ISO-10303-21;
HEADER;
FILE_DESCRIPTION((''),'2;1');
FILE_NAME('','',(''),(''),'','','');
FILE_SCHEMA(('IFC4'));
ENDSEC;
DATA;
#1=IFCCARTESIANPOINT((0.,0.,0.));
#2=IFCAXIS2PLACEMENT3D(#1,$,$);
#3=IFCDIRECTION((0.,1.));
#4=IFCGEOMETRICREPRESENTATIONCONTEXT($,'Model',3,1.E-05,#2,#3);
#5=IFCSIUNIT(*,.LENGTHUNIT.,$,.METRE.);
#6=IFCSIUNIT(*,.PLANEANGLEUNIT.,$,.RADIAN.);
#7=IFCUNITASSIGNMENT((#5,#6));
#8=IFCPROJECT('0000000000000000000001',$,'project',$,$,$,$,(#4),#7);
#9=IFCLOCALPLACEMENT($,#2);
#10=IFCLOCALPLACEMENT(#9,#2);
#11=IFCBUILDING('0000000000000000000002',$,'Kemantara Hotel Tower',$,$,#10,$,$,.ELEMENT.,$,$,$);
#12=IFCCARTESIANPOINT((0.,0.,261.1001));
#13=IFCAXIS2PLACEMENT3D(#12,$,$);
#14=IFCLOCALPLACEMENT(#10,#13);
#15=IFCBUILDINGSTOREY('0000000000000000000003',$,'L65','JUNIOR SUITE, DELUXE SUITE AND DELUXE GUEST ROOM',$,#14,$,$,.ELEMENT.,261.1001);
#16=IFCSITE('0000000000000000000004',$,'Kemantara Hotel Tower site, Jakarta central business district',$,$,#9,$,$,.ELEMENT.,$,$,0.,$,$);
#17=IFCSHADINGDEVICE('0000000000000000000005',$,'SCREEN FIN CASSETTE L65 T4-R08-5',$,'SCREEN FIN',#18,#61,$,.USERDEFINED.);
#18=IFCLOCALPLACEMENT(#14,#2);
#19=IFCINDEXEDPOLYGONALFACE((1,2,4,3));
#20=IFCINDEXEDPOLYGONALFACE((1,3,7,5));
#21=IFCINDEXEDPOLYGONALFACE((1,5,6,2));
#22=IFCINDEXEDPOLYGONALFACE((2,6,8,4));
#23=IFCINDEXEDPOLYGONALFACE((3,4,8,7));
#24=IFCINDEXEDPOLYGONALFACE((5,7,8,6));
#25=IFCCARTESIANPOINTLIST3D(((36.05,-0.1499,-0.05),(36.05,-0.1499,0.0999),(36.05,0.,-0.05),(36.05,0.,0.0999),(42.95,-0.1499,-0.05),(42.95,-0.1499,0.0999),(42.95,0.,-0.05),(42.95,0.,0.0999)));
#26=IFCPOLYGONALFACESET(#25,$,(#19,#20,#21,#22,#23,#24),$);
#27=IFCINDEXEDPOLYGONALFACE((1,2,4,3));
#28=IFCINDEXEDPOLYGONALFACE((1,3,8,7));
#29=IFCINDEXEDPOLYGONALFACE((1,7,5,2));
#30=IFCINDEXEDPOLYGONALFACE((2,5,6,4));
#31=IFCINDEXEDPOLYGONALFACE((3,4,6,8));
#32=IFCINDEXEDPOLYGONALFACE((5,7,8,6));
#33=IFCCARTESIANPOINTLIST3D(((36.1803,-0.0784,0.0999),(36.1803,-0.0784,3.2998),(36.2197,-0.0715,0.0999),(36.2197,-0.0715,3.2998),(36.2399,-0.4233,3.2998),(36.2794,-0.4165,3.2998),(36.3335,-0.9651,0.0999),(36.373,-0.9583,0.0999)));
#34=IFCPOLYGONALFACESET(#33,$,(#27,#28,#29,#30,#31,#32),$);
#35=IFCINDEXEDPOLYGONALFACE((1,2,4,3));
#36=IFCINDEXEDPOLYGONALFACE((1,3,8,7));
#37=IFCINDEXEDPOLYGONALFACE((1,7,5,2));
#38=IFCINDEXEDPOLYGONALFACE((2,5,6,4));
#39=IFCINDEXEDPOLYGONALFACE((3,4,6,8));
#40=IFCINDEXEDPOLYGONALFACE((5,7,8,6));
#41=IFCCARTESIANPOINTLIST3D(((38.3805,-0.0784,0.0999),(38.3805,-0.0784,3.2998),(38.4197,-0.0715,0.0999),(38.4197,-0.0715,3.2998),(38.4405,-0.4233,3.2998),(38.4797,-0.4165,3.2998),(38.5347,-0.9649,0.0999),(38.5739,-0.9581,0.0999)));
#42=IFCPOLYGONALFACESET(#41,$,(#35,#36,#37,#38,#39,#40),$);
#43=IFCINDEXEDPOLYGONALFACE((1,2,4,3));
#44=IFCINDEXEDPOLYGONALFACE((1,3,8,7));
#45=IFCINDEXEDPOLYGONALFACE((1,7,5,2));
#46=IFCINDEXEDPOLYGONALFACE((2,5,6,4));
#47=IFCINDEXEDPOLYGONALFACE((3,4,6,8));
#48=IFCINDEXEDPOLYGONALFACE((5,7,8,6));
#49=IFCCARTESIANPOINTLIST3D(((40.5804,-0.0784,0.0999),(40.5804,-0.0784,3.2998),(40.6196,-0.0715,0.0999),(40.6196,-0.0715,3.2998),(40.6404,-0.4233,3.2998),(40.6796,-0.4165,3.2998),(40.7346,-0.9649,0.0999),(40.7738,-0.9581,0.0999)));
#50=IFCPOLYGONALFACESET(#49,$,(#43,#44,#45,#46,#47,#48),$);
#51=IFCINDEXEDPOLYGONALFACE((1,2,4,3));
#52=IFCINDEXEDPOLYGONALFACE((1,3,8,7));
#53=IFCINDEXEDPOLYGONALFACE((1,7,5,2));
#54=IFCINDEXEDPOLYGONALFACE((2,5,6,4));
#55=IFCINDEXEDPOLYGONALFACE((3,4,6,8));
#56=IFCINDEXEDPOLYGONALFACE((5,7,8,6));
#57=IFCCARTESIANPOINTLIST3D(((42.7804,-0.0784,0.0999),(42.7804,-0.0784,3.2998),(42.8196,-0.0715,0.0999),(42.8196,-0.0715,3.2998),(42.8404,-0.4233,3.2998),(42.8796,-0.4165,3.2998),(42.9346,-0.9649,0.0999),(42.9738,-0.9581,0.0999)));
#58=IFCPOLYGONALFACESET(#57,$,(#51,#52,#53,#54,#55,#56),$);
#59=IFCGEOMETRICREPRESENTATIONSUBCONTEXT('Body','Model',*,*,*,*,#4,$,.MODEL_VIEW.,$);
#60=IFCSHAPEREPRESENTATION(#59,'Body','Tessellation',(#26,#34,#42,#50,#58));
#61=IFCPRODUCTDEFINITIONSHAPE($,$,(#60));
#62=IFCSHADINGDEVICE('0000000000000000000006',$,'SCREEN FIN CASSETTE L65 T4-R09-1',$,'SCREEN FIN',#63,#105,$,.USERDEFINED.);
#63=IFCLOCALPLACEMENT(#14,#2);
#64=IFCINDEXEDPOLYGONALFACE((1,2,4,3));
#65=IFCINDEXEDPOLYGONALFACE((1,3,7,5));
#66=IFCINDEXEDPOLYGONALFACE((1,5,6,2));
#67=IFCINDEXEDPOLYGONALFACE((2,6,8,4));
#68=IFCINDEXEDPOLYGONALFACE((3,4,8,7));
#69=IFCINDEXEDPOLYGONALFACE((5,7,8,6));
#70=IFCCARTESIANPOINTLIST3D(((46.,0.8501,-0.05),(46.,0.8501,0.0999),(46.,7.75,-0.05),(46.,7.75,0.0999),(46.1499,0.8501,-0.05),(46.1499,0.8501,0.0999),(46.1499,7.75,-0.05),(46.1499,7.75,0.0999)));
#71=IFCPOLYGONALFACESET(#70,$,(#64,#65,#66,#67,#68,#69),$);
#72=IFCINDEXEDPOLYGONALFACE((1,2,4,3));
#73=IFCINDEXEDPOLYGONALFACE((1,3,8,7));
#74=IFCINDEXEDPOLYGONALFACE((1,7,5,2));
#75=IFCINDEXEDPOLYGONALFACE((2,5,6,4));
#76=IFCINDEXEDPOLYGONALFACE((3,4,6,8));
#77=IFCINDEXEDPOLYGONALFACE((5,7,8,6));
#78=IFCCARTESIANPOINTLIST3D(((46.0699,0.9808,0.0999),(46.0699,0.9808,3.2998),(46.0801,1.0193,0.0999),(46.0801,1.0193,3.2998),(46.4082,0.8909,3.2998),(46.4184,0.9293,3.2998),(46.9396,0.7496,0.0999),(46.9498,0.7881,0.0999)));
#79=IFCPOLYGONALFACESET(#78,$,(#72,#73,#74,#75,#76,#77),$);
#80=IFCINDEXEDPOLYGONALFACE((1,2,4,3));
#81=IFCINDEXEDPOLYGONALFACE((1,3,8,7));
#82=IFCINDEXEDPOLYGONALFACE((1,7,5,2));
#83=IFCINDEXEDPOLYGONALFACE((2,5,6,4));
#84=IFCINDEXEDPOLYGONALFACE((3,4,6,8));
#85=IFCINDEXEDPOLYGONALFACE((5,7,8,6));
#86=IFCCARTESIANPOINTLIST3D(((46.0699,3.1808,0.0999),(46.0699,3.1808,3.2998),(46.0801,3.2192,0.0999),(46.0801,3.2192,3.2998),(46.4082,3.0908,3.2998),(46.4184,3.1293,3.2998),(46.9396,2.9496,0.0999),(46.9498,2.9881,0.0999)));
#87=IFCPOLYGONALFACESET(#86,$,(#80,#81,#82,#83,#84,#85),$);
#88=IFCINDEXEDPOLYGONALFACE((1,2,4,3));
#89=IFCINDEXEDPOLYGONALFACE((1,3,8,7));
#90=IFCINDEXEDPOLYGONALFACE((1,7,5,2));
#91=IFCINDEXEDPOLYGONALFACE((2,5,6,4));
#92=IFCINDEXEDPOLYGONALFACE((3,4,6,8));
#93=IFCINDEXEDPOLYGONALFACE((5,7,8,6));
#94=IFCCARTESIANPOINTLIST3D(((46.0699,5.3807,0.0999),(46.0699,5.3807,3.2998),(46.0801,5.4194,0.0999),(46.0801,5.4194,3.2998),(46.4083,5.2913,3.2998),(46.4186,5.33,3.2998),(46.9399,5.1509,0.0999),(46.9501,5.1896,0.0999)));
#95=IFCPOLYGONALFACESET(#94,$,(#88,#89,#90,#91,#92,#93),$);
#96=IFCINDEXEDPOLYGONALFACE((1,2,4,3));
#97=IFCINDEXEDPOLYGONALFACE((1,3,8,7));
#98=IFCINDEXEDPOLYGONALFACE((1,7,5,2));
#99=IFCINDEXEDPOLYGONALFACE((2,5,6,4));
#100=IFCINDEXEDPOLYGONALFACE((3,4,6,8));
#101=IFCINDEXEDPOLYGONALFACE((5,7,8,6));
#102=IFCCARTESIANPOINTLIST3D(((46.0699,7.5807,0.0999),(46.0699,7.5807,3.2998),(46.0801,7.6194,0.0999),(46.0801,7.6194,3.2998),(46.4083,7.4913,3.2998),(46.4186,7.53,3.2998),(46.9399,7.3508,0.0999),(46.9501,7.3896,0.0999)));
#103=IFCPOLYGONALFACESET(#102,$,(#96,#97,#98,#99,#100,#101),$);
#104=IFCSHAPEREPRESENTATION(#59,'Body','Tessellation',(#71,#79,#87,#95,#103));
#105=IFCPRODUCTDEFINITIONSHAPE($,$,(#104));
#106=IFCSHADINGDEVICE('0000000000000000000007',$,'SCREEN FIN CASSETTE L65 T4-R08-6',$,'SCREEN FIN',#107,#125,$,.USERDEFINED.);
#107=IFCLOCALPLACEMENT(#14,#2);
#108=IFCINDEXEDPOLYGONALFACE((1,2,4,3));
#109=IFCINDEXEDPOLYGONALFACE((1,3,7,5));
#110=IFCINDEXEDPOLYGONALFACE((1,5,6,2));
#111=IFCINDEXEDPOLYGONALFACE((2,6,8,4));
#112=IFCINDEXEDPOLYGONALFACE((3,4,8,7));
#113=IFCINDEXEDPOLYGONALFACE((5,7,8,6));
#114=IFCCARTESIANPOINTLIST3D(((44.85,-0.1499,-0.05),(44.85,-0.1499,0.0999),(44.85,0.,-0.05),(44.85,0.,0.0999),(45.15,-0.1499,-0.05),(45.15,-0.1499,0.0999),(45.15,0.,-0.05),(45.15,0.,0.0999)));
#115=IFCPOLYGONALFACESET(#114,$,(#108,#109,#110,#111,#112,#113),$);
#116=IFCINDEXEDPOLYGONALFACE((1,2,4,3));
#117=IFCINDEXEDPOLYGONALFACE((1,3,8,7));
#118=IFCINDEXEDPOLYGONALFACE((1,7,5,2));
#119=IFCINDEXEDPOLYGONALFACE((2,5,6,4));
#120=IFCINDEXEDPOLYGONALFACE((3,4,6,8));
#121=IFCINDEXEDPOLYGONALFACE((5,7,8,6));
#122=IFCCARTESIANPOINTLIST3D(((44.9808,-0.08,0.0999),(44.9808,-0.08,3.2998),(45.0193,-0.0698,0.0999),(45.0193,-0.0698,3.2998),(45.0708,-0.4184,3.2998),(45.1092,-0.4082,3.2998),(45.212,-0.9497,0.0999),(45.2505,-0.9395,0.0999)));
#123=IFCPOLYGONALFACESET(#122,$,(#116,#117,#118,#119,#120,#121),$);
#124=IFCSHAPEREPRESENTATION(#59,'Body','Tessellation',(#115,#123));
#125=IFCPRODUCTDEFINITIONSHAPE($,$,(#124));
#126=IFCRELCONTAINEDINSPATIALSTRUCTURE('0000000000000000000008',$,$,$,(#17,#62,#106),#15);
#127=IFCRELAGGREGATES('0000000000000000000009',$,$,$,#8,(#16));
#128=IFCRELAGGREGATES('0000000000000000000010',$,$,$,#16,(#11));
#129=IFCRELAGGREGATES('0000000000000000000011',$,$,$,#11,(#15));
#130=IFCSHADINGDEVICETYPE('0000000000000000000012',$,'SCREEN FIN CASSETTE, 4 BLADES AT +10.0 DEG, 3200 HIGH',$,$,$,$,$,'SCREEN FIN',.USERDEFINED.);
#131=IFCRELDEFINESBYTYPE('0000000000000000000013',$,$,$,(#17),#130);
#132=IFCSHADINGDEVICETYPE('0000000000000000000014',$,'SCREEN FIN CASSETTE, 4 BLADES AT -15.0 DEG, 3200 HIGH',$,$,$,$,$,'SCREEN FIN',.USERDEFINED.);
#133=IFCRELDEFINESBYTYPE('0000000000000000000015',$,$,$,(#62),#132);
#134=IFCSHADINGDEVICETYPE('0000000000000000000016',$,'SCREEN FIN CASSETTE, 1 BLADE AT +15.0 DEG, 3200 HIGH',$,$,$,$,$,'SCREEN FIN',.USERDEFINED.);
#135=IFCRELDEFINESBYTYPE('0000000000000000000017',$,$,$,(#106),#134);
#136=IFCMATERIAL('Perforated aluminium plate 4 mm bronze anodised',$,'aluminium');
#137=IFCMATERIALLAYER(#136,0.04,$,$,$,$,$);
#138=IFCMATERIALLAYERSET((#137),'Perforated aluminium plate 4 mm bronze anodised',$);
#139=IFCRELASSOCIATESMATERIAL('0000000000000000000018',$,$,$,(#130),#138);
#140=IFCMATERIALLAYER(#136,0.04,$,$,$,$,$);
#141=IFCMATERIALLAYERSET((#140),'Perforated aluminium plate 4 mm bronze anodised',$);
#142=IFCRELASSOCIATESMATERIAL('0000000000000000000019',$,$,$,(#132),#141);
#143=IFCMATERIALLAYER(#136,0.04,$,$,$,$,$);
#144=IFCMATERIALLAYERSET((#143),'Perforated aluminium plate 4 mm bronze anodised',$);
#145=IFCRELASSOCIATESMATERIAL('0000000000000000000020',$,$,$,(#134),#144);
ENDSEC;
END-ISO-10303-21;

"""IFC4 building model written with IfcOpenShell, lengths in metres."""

from ifc_helpers import new_model, si_unit, direction, frame, origin, origin_2d, place, context, subcontext, project, spatial, polyline, rectangle, outline, extrude, source, transform, mapped, material, layer, layer_set, type_object, element, save


model = new_model("IFC4")

# Units and contexts
model_context = context("Model", 3, precision=1e-05, world=origin(), true_north=direction((0.0, 1.0)))
body_context = subcontext(model_context, "Body", "Model", "MODEL_VIEW")
ifc_project = project(units=[si_unit("LENGTHUNIT", "METRE"), si_unit("PLANEANGLEUNIT", "RADIAN")], contexts=[model_context])

# Site, building, storey
site_placement = place(None, origin())
site = spatial("IfcSite", under=ifc_project, at=site_placement, Name="Kemantara Hotel Tower site, Jakarta central business district", CompositionType="ELEMENT", RefElevation=0.0)
building_placement = place(site_placement, origin())
building = spatial("IfcBuilding", under=site, at=building_placement, Name="Kemantara Hotel Tower", CompositionType="ELEMENT")
storey_placement = place(building_placement, frame((0.0, 0.0, 261.1001)))
storey = spatial("IfcBuildingStorey", under=building, at=storey_placement, Name="L65", Description="JUNIOR SUITE, DELUXE SUITE AND DELUXE GUEST ROOM", CompositionType="ELEMENT", Elevation=261.1001)

# Shading devices
ifc_material_1 = material(Name="Perforated aluminium plate 4 mm bronze anodised", Category="aluminium")
ifc_layer_1 = layer(ifc_material_1, 0.04)
ifc_layer_set_1 = layer_set([ifc_layer_1], Name="Perforated aluminium plate 4 mm bronze anodised")
shading_device_type_1 = type_object("IfcShadingDeviceType", Name="SCREEN FIN CASSETTE, 4 BLADES AT +10.0 DEG, 3200 HIGH", ElementType="SCREEN FIN", PredefinedType="USERDEFINED", material=ifc_layer_set_1)
shared_shape_1 = source(origin(), body_context, "Body", "SweptSolid", [
    extrude(rectangle(XDim=6.8999, YDim=0.1499, at=origin_2d()), frame((3.3, -0.075, -0.1499), z_axis=(0.0, 0.0, 1.0), x_axis=(1.0, 0.0, 0.0)), (0.0, 0.0, 1.0), 0.1499),
    extrude(outline(polyline([(0.0, 0.0), (0.8999, 0.0), (0.3501, 3.2), (0.0, 3.2), (0.0, 0.0)])), frame((0.0198, -0.0715, 0.0), z_axis=(-0.98539, -0.170314, 0.0), x_axis=(0.170314, -0.98539, 0.0)), (0.0, 0.0, 1.0), 0.04),
    extrude(outline(polyline([(0.0, 0.0), (0.8999, 0.0), (0.3501, 3.2), (0.0, 3.2), (0.0, 0.0)])), frame((2.2197, -0.0715, 0.0), z_axis=(-0.985212, -0.171341, 0.0), x_axis=(0.171341, -0.985212, 0.0)), (0.0, 0.0, 1.0), 0.0398),
    extrude(outline(polyline([(0.0, 0.0), (0.8999, 0.0), (0.3501, 3.2), (0.0, 3.2), (0.0, 0.0)])), frame((4.4197, -0.0715, 0.0), z_axis=(-0.985212, -0.171341, 0.0), x_axis=(0.171341, -0.985212, 0.0)), (0.0, 0.0, 1.0), 0.0398),
    extrude(outline(polyline([(0.0, 0.0), (0.8999, 0.0), (0.3501, 3.2), (0.0, 3.2), (0.0, 0.0)])), frame((6.6196, -0.0715, 0.0), z_axis=(-0.985212, -0.171341, 0.0), x_axis=(0.171341, -0.985212, 0.0)), (0.0, 0.0, 1.0), 0.0398),
])
shading_device_1_placement = place(storey_placement, frame((36.2, 0.0, 0.0999), z_axis=(0.0, 0.0, 1.0), x_axis=(1.0, 0.0, 0.0)))
element("IfcShadingDevice", 1, at=shading_device_1_placement, inside=storey, type_object=shading_device_type_1, Name="SCREEN FIN CASSETTE L65 T4-R08-5", ObjectType="SCREEN FIN", PredefinedType="USERDEFINED", context=body_context, shape_type="MappedRepresentation", body=[
    mapped(shared_shape_1, transform((0.0, 0.0, 0.0))),
])
ifc_layer_2 = layer(ifc_material_1, 0.04)
ifc_layer_set_2 = layer_set([ifc_layer_2], Name="Perforated aluminium plate 4 mm bronze anodised")
shading_device_type_2 = type_object("IfcShadingDeviceType", Name="SCREEN FIN CASSETTE, 4 BLADES AT -15.0 DEG, 3200 HIGH", ElementType="SCREEN FIN", PredefinedType="USERDEFINED", material=ifc_layer_set_2)
shared_shape_2 = source(origin(), body_context, "Body", "SweptSolid", [
    extrude(rectangle(XDim=6.8999, YDim=0.1499, at=origin_2d()), frame((3.3, -0.075, -0.1499), z_axis=(0.0, 0.0, 1.0), x_axis=(1.0, 0.0, 0.0)), (0.0, 0.0, 1.0), 0.1499),
    extrude(outline(polyline([(0.0, 0.0), (0.8999, 0.0), (0.3501, 3.2), (0.0, 3.2), (0.0, 0.0)])), frame((0.0193, -0.0801, 0.0), z_axis=(-0.966438, 0.256901, 0.0), x_axis=(-0.256901, -0.966438, 0.0)), (0.0, 0.0, 1.0), 0.0398),
    extrude(outline(polyline([(0.0, 0.0), (0.8999, 0.0), (0.3501, 3.2), (0.0, 3.2), (0.0, 0.0)])), frame((2.2192, -0.0801, 0.0), z_axis=(-0.966438, 0.256901, 0.0), x_axis=(-0.256901, -0.966438, 0.0)), (0.0, 0.0, 1.0), 0.0398),
    extrude(outline(polyline([(0.0, 0.0), (0.8999, 0.0), (0.3501, 3.2), (0.0, 3.2), (0.0, 0.0)])), frame((4.4194, -0.0801, 0.0), z_axis=(-0.966838, 0.255391, 0.0), x_axis=(-0.255391, -0.966838, 0.0)), (0.0, 0.0, 1.0), 0.04),
    extrude(outline(polyline([(0.0, 0.0), (0.8999, 0.0), (0.3501, 3.2), (0.0, 3.2), (0.0, 0.0)])), frame((6.6194, -0.0801, 0.0), z_axis=(-0.966838, 0.255391, 0.0), x_axis=(-0.255391, -0.966838, 0.0)), (0.0, 0.0, 1.0), 0.04),
])
shading_device_2_placement = place(storey_placement, frame((46.0, 1.0, 0.0999), z_axis=(0.0, 0.0, 1.0), x_axis=(0.0, 1.0, 0.0)))
element("IfcShadingDevice", 2, at=shading_device_2_placement, inside=storey, type_object=shading_device_type_2, Name="SCREEN FIN CASSETTE L65 T4-R09-1", ObjectType="SCREEN FIN", PredefinedType="USERDEFINED", context=body_context, shape_type="MappedRepresentation", body=[
    mapped(shared_shape_2, transform((0.0, 0.0, 0.0))),
])
ifc_layer_3 = layer(ifc_material_1, 0.04)
ifc_layer_set_3 = layer_set([ifc_layer_3], Name="Perforated aluminium plate 4 mm bronze anodised")
shading_device_type_3 = type_object("IfcShadingDeviceType", Name="SCREEN FIN CASSETTE, 1 BLADE AT +15.0 DEG, 3200 HIGH", ElementType="SCREEN FIN", PredefinedType="USERDEFINED", material=ifc_layer_set_3)
shared_shape_3 = source(origin(), body_context, "Body", "SweptSolid", [
    extrude(rectangle(XDim=0.3, YDim=0.1499, at=origin_2d()), frame((0.0, -0.075, -0.1499), z_axis=(0.0, 0.0, 1.0), x_axis=(1.0, 0.0, 0.0)), (0.0, 0.0, 1.0), 0.1499),
    extrude(outline(polyline([(0.0, 0.0), (0.8999, 0.0), (0.3501, 3.2), (0.0, 3.2), (0.0, 0.0)])), frame((0.0193, -0.0698, 0.0), z_axis=(-0.966438, -0.256901, 0.0), x_axis=(0.256901, -0.966438, 0.0)), (0.0, 0.0, 1.0), 0.0398),
])
shading_device_3_placement = place(storey_placement, frame((45.0, 0.0, 0.0999), z_axis=(0.0, 0.0, 1.0), x_axis=(1.0, 0.0, 0.0)))
element("IfcShadingDevice", 3, at=shading_device_3_placement, inside=storey, type_object=shading_device_type_3, Name="SCREEN FIN CASSETTE L65 T4-R08-6", ObjectType="SCREEN FIN", PredefinedType="USERDEFINED", context=body_context, shape_type="MappedRepresentation", body=[
    mapped(shared_shape_3, transform((0.0, 0.0, 0.0))),
])

save(model, "model.ifc")
